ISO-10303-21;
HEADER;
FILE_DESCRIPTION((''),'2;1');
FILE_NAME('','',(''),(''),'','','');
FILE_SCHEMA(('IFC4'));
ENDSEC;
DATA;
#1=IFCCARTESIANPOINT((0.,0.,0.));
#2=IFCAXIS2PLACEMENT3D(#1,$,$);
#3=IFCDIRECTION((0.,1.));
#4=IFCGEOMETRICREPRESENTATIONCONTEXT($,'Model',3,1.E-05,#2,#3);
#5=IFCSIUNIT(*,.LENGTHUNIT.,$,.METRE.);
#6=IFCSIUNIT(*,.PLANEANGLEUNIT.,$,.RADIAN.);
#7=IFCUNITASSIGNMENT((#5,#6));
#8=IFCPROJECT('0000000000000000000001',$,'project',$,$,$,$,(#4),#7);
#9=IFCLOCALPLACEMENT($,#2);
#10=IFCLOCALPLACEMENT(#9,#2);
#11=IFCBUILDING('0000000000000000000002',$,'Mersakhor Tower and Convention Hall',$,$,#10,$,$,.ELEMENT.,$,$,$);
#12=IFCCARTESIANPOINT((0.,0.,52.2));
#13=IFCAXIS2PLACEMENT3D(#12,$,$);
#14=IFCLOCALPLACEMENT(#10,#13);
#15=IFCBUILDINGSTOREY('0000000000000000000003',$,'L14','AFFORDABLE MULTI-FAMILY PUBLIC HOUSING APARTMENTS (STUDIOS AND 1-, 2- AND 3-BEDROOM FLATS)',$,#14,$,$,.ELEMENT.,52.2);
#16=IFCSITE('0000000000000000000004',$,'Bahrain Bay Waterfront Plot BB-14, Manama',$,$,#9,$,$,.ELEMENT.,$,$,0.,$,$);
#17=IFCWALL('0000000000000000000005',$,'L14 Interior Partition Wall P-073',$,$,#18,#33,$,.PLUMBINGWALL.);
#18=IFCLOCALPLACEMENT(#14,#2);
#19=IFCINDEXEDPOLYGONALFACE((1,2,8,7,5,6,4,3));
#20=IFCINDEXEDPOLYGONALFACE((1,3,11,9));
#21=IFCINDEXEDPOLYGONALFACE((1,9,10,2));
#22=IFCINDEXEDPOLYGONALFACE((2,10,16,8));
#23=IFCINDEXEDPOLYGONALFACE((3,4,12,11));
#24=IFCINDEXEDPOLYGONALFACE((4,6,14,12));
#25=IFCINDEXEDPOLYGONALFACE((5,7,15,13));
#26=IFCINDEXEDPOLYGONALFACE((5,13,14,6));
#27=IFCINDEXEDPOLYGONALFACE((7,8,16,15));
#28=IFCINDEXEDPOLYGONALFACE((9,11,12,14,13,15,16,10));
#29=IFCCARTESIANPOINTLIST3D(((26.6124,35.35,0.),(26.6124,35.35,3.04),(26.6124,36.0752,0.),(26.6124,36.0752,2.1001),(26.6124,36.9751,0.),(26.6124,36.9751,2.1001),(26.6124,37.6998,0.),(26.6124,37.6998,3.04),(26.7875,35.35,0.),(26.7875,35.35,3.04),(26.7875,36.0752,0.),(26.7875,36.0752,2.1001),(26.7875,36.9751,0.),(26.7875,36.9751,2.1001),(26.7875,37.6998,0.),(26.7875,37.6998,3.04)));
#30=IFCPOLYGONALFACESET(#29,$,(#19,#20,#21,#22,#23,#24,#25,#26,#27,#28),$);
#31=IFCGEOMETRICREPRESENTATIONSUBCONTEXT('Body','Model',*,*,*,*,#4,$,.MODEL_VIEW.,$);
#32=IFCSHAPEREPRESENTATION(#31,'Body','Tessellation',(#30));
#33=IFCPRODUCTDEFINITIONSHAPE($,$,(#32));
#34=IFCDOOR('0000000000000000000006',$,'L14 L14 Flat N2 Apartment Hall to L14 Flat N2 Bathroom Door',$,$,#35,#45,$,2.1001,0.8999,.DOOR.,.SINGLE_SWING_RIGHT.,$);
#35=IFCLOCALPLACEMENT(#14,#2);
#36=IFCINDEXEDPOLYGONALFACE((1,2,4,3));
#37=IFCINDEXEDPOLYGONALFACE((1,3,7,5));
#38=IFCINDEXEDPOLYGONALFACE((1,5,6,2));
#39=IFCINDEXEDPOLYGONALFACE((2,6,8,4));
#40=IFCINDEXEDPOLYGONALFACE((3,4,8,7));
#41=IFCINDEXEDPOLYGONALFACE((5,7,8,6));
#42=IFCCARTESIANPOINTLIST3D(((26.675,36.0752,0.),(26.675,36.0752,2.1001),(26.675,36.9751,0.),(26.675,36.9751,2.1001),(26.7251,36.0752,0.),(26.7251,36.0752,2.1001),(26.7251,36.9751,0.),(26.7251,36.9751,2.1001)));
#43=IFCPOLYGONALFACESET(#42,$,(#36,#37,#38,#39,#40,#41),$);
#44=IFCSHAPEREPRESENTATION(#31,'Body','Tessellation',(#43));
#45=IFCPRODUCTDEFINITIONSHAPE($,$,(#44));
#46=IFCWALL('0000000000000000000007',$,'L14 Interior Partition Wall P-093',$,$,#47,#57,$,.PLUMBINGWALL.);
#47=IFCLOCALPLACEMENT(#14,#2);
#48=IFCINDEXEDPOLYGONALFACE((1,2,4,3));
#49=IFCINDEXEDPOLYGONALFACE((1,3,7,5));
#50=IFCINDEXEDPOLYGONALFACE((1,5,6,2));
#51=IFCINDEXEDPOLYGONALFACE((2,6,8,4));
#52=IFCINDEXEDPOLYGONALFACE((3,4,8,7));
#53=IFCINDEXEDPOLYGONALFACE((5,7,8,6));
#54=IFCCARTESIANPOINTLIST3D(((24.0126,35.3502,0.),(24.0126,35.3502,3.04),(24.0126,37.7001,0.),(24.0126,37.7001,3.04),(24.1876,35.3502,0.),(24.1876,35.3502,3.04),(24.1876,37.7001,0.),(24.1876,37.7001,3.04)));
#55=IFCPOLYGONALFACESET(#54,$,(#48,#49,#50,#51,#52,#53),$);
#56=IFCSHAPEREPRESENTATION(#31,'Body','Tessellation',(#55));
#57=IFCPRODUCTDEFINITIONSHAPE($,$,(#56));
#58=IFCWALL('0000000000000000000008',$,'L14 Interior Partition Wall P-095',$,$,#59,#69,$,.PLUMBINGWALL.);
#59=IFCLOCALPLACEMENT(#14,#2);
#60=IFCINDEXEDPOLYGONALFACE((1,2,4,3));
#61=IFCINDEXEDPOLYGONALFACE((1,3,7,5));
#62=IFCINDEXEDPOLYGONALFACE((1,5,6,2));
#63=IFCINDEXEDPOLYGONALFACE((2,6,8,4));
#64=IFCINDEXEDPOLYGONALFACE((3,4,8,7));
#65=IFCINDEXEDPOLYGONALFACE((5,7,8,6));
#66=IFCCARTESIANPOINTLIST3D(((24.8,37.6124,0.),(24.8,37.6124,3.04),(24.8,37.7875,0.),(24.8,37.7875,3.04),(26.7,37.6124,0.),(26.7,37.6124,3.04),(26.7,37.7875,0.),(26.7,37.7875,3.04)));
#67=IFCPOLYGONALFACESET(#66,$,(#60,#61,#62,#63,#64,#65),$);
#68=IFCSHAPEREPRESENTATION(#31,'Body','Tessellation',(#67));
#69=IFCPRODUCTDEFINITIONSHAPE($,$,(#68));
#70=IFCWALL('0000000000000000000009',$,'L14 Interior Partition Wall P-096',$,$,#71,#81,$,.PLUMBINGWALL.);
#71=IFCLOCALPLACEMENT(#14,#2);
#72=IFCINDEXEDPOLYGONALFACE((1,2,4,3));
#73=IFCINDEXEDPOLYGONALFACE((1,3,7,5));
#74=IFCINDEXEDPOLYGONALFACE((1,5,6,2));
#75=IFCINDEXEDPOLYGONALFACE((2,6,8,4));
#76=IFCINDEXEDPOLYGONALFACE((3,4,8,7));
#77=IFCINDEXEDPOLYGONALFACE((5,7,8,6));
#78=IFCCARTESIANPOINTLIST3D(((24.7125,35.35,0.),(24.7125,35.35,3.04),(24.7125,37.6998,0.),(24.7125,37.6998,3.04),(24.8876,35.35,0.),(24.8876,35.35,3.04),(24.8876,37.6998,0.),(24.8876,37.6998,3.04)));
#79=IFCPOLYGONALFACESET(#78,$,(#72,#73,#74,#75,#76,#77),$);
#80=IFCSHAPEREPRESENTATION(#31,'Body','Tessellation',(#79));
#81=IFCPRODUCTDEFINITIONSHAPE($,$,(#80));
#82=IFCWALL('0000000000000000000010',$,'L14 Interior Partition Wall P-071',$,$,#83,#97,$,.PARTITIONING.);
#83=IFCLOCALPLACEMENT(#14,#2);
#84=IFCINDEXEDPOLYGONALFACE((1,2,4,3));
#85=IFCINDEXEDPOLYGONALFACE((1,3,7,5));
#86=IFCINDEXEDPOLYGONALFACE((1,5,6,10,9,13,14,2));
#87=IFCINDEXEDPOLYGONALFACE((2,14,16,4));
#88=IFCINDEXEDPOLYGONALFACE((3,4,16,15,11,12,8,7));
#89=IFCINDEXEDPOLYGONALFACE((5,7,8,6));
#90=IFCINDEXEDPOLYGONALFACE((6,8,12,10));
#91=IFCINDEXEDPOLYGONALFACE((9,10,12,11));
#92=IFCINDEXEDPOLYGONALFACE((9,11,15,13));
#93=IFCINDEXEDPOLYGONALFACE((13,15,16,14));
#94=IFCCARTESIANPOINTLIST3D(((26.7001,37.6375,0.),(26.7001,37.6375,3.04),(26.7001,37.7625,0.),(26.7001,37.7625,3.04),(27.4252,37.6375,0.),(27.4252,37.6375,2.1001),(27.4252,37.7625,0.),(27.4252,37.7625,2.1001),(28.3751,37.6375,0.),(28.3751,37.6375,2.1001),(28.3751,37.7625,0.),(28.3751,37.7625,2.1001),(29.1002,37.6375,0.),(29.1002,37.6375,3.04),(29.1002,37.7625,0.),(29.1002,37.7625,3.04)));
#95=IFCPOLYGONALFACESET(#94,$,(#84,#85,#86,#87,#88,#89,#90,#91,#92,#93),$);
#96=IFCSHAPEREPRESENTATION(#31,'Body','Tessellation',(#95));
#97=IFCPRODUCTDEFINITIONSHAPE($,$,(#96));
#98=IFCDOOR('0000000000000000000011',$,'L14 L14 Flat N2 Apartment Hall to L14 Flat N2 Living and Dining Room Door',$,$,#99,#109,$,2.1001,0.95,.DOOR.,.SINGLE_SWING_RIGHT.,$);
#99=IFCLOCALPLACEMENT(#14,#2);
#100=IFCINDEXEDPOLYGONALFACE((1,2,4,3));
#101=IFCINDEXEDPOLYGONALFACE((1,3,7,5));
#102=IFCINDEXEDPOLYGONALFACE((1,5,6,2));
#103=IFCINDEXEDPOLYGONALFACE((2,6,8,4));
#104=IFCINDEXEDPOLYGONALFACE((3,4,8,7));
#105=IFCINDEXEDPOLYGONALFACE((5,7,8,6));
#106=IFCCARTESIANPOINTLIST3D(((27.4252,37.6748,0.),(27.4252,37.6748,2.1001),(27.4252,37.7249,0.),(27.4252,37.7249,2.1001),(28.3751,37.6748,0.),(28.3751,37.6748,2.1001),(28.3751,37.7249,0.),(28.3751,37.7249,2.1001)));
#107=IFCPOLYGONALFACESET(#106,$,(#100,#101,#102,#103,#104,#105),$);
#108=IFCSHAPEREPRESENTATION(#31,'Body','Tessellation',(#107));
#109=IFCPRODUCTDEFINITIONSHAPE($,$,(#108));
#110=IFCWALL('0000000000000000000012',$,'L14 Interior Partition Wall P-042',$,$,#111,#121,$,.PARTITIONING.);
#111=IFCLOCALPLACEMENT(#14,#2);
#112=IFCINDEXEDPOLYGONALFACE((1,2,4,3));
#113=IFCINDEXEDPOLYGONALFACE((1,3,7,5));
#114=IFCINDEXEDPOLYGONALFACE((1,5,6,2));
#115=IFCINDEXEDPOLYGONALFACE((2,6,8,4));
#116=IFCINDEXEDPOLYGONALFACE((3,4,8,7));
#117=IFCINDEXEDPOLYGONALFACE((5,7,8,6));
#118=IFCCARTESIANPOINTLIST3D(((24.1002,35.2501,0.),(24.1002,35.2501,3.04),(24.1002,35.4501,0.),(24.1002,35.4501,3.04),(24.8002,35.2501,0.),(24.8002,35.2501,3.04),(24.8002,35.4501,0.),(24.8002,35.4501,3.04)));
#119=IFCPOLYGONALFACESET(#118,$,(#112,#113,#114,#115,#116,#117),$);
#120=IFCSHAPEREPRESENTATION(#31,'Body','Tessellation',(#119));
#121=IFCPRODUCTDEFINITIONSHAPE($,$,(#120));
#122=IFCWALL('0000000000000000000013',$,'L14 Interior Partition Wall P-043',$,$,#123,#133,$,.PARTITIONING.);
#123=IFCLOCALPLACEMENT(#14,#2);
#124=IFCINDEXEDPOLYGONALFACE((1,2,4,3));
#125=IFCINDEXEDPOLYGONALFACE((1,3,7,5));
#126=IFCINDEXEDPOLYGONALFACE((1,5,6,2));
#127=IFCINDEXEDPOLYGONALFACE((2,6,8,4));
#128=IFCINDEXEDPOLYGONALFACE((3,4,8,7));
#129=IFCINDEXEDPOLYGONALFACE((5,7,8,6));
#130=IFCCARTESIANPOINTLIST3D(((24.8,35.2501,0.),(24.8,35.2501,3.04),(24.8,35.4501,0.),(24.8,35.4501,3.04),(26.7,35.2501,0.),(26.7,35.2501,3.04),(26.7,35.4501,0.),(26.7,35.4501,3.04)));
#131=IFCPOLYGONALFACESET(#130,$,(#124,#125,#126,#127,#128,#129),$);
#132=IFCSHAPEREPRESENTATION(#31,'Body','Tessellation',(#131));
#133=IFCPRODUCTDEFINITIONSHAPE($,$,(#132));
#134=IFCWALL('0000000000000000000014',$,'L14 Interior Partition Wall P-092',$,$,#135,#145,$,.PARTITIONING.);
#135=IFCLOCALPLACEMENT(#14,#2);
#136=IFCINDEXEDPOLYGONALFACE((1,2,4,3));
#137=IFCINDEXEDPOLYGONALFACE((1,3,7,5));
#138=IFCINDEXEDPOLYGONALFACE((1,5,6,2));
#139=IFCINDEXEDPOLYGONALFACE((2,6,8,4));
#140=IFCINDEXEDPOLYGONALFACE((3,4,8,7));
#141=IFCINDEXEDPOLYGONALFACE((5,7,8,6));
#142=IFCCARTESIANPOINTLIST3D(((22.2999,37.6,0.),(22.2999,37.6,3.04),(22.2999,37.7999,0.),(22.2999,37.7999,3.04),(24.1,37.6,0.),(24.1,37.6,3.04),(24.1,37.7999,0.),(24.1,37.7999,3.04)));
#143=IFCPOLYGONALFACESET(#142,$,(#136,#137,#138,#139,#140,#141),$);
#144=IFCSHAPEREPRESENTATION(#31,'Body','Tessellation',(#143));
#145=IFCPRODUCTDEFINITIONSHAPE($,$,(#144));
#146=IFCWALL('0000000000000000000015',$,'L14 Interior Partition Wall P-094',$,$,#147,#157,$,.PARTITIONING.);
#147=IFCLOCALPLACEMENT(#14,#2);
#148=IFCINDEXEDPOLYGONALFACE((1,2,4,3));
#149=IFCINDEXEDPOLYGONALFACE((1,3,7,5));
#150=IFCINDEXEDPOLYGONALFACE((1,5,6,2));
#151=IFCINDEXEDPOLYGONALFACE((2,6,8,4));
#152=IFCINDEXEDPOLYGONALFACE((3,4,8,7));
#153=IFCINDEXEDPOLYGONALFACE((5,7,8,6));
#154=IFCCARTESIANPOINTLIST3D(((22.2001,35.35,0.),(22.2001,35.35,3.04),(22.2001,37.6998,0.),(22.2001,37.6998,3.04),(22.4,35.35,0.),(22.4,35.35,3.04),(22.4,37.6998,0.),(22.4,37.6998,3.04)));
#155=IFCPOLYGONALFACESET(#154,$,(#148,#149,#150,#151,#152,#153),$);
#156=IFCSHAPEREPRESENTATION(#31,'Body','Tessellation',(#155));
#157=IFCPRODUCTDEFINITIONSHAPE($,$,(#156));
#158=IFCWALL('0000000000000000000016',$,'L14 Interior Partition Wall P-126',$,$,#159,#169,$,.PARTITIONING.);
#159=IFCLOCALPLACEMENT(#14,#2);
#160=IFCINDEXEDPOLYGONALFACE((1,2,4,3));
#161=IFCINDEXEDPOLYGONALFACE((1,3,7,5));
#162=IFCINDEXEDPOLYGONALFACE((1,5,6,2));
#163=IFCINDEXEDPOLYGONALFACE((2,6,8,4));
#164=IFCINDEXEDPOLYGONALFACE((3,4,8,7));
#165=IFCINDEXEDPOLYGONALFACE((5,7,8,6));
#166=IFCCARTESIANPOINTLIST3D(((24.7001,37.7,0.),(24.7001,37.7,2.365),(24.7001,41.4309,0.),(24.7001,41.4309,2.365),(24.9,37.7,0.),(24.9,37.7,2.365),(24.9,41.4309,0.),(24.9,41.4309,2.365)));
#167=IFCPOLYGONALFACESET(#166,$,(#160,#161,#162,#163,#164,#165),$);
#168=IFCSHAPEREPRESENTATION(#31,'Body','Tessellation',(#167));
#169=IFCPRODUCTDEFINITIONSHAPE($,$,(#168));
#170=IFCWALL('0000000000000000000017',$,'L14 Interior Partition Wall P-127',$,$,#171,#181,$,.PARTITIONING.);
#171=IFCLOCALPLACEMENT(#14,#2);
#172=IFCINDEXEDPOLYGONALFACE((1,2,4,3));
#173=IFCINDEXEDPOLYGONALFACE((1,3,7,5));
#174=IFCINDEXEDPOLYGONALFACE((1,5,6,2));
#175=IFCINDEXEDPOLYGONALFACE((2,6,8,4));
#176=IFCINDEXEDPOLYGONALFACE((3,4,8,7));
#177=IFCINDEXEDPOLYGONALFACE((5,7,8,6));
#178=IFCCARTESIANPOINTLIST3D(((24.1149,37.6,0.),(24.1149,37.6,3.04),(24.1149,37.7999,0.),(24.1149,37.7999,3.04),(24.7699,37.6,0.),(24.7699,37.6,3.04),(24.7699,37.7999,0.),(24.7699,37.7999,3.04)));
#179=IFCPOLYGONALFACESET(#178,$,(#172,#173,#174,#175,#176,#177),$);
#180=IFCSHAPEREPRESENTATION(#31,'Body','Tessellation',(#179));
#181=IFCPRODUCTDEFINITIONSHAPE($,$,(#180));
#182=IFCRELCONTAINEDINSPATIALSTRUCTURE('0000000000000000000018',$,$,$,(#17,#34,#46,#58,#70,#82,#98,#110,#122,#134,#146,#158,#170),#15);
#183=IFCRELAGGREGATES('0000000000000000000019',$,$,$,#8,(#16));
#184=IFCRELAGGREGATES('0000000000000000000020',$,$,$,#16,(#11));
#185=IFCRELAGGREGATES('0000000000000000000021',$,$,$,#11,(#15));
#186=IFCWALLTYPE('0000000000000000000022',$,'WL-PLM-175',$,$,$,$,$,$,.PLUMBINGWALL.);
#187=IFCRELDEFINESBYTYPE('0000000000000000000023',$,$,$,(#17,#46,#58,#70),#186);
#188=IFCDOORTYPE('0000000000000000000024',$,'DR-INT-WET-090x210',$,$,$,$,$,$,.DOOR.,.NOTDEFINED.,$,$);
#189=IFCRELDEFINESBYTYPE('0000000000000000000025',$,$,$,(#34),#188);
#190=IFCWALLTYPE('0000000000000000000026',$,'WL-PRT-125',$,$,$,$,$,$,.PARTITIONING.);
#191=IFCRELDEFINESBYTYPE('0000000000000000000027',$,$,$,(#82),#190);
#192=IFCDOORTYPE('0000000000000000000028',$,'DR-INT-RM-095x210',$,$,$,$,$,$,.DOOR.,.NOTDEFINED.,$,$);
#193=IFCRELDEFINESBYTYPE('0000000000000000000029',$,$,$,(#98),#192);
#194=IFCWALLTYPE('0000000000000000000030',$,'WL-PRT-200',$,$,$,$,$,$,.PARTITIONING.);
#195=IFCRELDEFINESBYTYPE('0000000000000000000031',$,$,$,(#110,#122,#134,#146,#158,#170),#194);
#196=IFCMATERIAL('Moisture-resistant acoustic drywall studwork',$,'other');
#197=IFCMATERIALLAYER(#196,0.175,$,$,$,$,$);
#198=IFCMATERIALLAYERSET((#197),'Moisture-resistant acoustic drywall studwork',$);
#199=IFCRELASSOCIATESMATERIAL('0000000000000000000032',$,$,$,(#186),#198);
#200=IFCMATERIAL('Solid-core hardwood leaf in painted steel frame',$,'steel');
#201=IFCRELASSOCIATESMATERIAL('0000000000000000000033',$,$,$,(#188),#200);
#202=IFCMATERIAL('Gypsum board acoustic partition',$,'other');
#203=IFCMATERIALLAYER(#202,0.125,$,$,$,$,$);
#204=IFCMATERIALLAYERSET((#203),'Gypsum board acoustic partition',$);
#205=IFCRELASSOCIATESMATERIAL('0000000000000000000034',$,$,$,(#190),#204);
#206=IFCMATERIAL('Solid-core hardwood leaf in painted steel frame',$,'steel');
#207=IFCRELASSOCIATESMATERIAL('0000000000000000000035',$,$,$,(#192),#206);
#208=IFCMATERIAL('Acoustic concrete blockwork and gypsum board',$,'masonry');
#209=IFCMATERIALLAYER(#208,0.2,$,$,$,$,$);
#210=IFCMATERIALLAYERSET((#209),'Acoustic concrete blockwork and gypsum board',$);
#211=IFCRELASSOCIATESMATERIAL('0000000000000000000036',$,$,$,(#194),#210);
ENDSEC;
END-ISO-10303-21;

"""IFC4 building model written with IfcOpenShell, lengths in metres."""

from ifc_helpers import new_model, si_unit, direction, frame, frame_2d, origin, place, context, subcontext, project, spatial, rectangle, extrude, material, layer, layer_set, type_object, element, fill, save


model = new_model("IFC4")

# Units and contexts
model_context = context("Model", 3, precision=1e-05, world=origin(), true_north=direction((0.0, 1.0)))
body_context = subcontext(model_context, "Body", "Model", "MODEL_VIEW")
ifc_project = project(units=[si_unit("LENGTHUNIT", "METRE"), si_unit("PLANEANGLEUNIT", "RADIAN")], contexts=[model_context])

# Site, building, storey
site_placement = place(None, origin())
site = spatial("IfcSite", under=ifc_project, at=site_placement, Name="Bahrain Bay Waterfront Plot BB-14, Manama", CompositionType="ELEMENT", RefElevation=0.0)
building_placement = place(site_placement, origin())
building = spatial("IfcBuilding", under=site, at=building_placement, Name="Mersakhor Tower and Convention Hall", CompositionType="ELEMENT")
storey_placement = place(building_placement, frame((0.0, 0.0, 52.2)))
storey = spatial("IfcBuildingStorey", under=building, at=storey_placement, Name="L14", Description="AFFORDABLE MULTI-FAMILY PUBLIC HOUSING APARTMENTS (STUDIOS AND 1-, 2- AND 3-BEDROOM FLATS)", CompositionType="ELEMENT", Elevation=52.2)

# Wall, opening, door
ifc_material_1 = material(Name="Moisture-resistant acoustic drywall studwork", Category="other")
ifc_layer_1 = layer(ifc_material_1, 0.175)
ifc_layer_set_1 = layer_set([ifc_layer_1], Name="Moisture-resistant acoustic drywall studwork")
wall_type_1 = type_object("IfcWallType", Name="WL-PLM-175", PredefinedType="PLUMBINGWALL", material=ifc_layer_set_1)
wall_1_placement = place(storey_placement, frame((26.7, 35.3501, 0.0), z_axis=(0.0, 0.0, 1.0), x_axis=(0.0, 1.0, 0.0)))
wall_1 = element("IfcWall", 1, at=wall_1_placement, inside=storey, type_object=wall_type_1, Name="L14 Interior Partition Wall P-073", PredefinedType="PLUMBINGWALL", context=body_context, shape_type="SweptSolid", body=[
    extrude(rectangle(XDim=2.3499, YDim=0.175, at=frame_2d((1.1748, 0.0))), origin(), (0.0, 0.0, 1.0), 3.04),
])
opening_1_placement = place(wall_1_placement, frame((0.7251, 0.0, 0.0)))
opening_1 = element("IfcOpeningElement", 2, at=opening_1_placement, cuts=wall_1, PredefinedType="OPENING", context=body_context, shape_type="SweptSolid", body=[
    extrude(rectangle(XDim=0.8999, YDim=2.1001, at=frame_2d((0.45, 1.05))), frame((0.0, 0.0974, 0.0), z_axis=(0.0, -1.0, 0.0), x_axis=(1.0, 0.0, 0.0)), (0.0, 0.0, 1.0), 0.1951),
])
ifc_material_2 = material(Name="Solid-core hardwood leaf in painted steel frame", Category="steel")
door_type_1 = type_object("IfcDoorType", Name="DR-INT-WET-090x210", OperationType="NOTDEFINED", PredefinedType="DOOR", material=ifc_material_2)
door_1_placement = place(opening_1_placement, origin())
door_1 = element("IfcDoor", 3, at=door_1_placement, inside=storey, type_object=door_type_1, Name="L14 L14 Flat N2 Apartment Hall to L14 Flat N2 Bathroom Door", OperationType="SINGLE_SWING_RIGHT", OverallHeight=2.1001, OverallWidth=0.8999, PredefinedType="DOOR", context=body_context, shape_type="SweptSolid", body=[
    extrude(rectangle(XDim=0.8999, YDim=2.1001, at=frame_2d((0.45, 1.05))), frame((0.0, 0.0249, 0.0), z_axis=(0.0, -1.0, 0.0), x_axis=(1.0, 0.0, 0.0)), (0.0, 0.0, 1.0), 0.05),
])
fill(opening_1, door_1)

# Walls
wall_2_placement = place(storey_placement, frame((24.1001, 37.7, 0.0), z_axis=(0.0, 0.0, 1.0), x_axis=(0.0, -1.0, 0.0)))
element("IfcWall", 4, at=wall_2_placement, inside=storey, type_object=wall_type_1, Name="L14 Interior Partition Wall P-093", PredefinedType="PLUMBINGWALL", context=body_context, shape_type="SweptSolid", body=[
    extrude(rectangle(XDim=2.3499, YDim=0.175, at=frame_2d((1.1748, 0.0))), origin(), (0.0, 0.0, 1.0), 3.04),
])
wall_3_placement = place(storey_placement, frame((24.8, 37.7, 0.0), z_axis=(0.0, 0.0, 1.0), x_axis=(1.0, 0.0, 0.0)))
element("IfcWall", 5, at=wall_3_placement, inside=storey, type_object=wall_type_1, Name="L14 Interior Partition Wall P-095", PredefinedType="PLUMBINGWALL", context=body_context, shape_type="SweptSolid", body=[
    extrude(rectangle(XDim=1.8999, YDim=0.175, at=frame_2d((0.95, 0.0))), origin(), (0.0, 0.0, 1.0), 3.04),
])
wall_4_placement = place(storey_placement, frame((24.8, 35.3501, 0.0), z_axis=(0.0, 0.0, 1.0), x_axis=(0.0, 1.0, 0.0)))
element("IfcWall", 6, at=wall_4_placement, inside=storey, type_object=wall_type_1, Name="L14 Interior Partition Wall P-096", PredefinedType="PLUMBINGWALL", context=body_context, shape_type="SweptSolid", body=[
    extrude(rectangle(XDim=2.3499, YDim=0.175, at=frame_2d((1.1748, 0.0))), origin(), (0.0, 0.0, 1.0), 3.04),
])

# Wall, opening, door
ifc_material_3 = material(Name="Gypsum board acoustic partition", Category="other")
ifc_layer_2 = layer(ifc_material_3, 0.125)
ifc_layer_set_2 = layer_set([ifc_layer_2], Name="Gypsum board acoustic partition")
wall_type_2 = type_object("IfcWallType", Name="WL-PRT-125", PredefinedType="PARTITIONING", material=ifc_layer_set_2)
wall_5_placement = place(storey_placement, frame((26.7, 37.7, 0.0), z_axis=(0.0, 0.0, 1.0), x_axis=(1.0, 0.0, 0.0)))
wall_5 = element("IfcWall", 7, at=wall_5_placement, inside=storey, type_object=wall_type_2, Name="L14 Interior Partition Wall P-071", PredefinedType="PARTITIONING", context=body_context, shape_type="SweptSolid", body=[
    extrude(rectangle(XDim=2.4001, YDim=0.125, at=frame_2d((1.2002, 0.0))), origin(), (0.0, 0.0, 1.0), 3.04),
])
opening_2_placement = place(wall_5_placement, frame((0.7251, 0.0, 0.0)))
opening_2 = element("IfcOpeningElement", 8, at=opening_2_placement, cuts=wall_5, PredefinedType="OPENING", context=body_context, shape_type="SweptSolid", body=[
    extrude(rectangle(XDim=0.95, YDim=2.1001, at=frame_2d((0.4751, 1.05))), frame((0.0, 0.0725, 0.0), z_axis=(0.0, -1.0, 0.0), x_axis=(1.0, 0.0, 0.0)), (0.0, 0.0, 1.0), 0.145),
])
ifc_material_4 = material(Name="Solid-core hardwood leaf in painted steel frame", Category="steel")
door_type_2 = type_object("IfcDoorType", Name="DR-INT-RM-095x210", OperationType="NOTDEFINED", PredefinedType="DOOR", material=ifc_material_4)
door_2_placement = place(opening_2_placement, origin())
door_2 = element("IfcDoor", 9, at=door_2_placement, inside=storey, type_object=door_type_2, Name="L14 L14 Flat N2 Apartment Hall to L14 Flat N2 Living and Dining Room Door", OperationType="SINGLE_SWING_RIGHT", OverallHeight=2.1001, OverallWidth=0.95, PredefinedType="DOOR", context=body_context, shape_type="SweptSolid", body=[
    extrude(rectangle(XDim=0.95, YDim=2.1001, at=frame_2d((0.4751, 1.05))), frame((0.0, 0.0249, 0.0), z_axis=(0.0, -1.0, 0.0), x_axis=(1.0, 0.0, 0.0)), (0.0, 0.0, 1.0), 0.05),
])
fill(opening_2, door_2)

# Walls
ifc_material_5 = material(Name="Acoustic concrete blockwork and gypsum board", Category="masonry")
ifc_layer_3 = layer(ifc_material_5, 0.2)
ifc_layer_set_3 = layer_set([ifc_layer_3], Name="Acoustic concrete blockwork and gypsum board")
wall_type_3 = type_object("IfcWallType", Name="WL-PRT-200", PredefinedType="PARTITIONING", material=ifc_layer_set_3)
wall_6_placement = place(storey_placement, frame((24.1001, 35.3501, 0.0), z_axis=(0.0, 0.0, 1.0), x_axis=(1.0, 0.0, 0.0)))
element("IfcWall", 10, at=wall_6_placement, inside=storey, type_object=wall_type_3, Name="L14 Interior Partition Wall P-042", PredefinedType="PARTITIONING", context=body_context, shape_type="SweptSolid", body=[
    extrude(rectangle(XDim=0.7, YDim=0.2, at=frame_2d((0.3501, 0.0))), origin(), (0.0, 0.0, 1.0), 3.04),
])
wall_7_placement = place(storey_placement, frame((24.8, 35.3501, 0.0), z_axis=(0.0, 0.0, 1.0), x_axis=(1.0, 0.0, 0.0)))
element("IfcWall", 11, at=wall_7_placement, inside=storey, type_object=wall_type_3, Name="L14 Interior Partition Wall P-043", PredefinedType="PARTITIONING", context=body_context, shape_type="SweptSolid", body=[
    extrude(rectangle(XDim=1.8999, YDim=0.2, at=frame_2d((0.95, 0.0))), origin(), (0.0, 0.0, 1.0), 3.04),
])

# Walls
wall_8_placement = place(storey_placement, frame((22.3, 37.7, 0.0), z_axis=(0.0, 0.0, 1.0), x_axis=(1.0, 0.0, 0.0)))
element("IfcWall", 12, at=wall_8_placement, inside=storey, type_object=wall_type_3, Name="L14 Interior Partition Wall P-092", PredefinedType="PARTITIONING", context=body_context, shape_type="SweptSolid", body=[
    extrude(rectangle(XDim=1.8, YDim=0.2, at=frame_2d((0.8999, 0.0))), origin(), (0.0, 0.0, 1.0), 3.04),
])
wall_9_placement = place(storey_placement, frame((22.3, 35.3501, 0.0), z_axis=(0.0, 0.0, 1.0), x_axis=(0.0, 1.0, 0.0)))
element("IfcWall", 13, at=wall_9_placement, inside=storey, type_object=wall_type_3, Name="L14 Interior Partition Wall P-094", PredefinedType="PARTITIONING", context=body_context, shape_type="SweptSolid", body=[
    extrude(rectangle(XDim=2.3499, YDim=0.2, at=frame_2d((1.1748, 0.0))), origin(), (0.0, 0.0, 1.0), 3.04),
])
wall_10_placement = place(storey_placement, frame((24.8, 41.4309, 0.0), z_axis=(0.0, 0.0, 1.0), x_axis=(0.0, -1.0, 0.0)))
element("IfcWall", 14, at=wall_10_placement, inside=storey, type_object=wall_type_3, Name="L14 Interior Partition Wall P-126", PredefinedType="PARTITIONING", context=body_context, shape_type="SweptSolid", body=[
    extrude(rectangle(XDim=3.731, YDim=0.2, at=frame_2d((1.8655, 0.0))), origin(), (0.0, 0.0, 1.0), 2.365),
])
wall_11_placement = place(storey_placement, frame((24.77, 37.7, 0.0), z_axis=(0.0, 0.0, 1.0), x_axis=(-1.0, 0.0, 0.0)))
element("IfcWall", 15, at=wall_11_placement, inside=storey, type_object=wall_type_3, Name="L14 Interior Partition Wall P-127", PredefinedType="PARTITIONING", context=body_context, shape_type="SweptSolid", body=[
    extrude(rectangle(XDim=0.655, YDim=0.2, at=frame_2d((0.3276, 0.0))), origin(), (0.0, 0.0, 1.0), 3.04),
])

save(model, "model.ifc")
